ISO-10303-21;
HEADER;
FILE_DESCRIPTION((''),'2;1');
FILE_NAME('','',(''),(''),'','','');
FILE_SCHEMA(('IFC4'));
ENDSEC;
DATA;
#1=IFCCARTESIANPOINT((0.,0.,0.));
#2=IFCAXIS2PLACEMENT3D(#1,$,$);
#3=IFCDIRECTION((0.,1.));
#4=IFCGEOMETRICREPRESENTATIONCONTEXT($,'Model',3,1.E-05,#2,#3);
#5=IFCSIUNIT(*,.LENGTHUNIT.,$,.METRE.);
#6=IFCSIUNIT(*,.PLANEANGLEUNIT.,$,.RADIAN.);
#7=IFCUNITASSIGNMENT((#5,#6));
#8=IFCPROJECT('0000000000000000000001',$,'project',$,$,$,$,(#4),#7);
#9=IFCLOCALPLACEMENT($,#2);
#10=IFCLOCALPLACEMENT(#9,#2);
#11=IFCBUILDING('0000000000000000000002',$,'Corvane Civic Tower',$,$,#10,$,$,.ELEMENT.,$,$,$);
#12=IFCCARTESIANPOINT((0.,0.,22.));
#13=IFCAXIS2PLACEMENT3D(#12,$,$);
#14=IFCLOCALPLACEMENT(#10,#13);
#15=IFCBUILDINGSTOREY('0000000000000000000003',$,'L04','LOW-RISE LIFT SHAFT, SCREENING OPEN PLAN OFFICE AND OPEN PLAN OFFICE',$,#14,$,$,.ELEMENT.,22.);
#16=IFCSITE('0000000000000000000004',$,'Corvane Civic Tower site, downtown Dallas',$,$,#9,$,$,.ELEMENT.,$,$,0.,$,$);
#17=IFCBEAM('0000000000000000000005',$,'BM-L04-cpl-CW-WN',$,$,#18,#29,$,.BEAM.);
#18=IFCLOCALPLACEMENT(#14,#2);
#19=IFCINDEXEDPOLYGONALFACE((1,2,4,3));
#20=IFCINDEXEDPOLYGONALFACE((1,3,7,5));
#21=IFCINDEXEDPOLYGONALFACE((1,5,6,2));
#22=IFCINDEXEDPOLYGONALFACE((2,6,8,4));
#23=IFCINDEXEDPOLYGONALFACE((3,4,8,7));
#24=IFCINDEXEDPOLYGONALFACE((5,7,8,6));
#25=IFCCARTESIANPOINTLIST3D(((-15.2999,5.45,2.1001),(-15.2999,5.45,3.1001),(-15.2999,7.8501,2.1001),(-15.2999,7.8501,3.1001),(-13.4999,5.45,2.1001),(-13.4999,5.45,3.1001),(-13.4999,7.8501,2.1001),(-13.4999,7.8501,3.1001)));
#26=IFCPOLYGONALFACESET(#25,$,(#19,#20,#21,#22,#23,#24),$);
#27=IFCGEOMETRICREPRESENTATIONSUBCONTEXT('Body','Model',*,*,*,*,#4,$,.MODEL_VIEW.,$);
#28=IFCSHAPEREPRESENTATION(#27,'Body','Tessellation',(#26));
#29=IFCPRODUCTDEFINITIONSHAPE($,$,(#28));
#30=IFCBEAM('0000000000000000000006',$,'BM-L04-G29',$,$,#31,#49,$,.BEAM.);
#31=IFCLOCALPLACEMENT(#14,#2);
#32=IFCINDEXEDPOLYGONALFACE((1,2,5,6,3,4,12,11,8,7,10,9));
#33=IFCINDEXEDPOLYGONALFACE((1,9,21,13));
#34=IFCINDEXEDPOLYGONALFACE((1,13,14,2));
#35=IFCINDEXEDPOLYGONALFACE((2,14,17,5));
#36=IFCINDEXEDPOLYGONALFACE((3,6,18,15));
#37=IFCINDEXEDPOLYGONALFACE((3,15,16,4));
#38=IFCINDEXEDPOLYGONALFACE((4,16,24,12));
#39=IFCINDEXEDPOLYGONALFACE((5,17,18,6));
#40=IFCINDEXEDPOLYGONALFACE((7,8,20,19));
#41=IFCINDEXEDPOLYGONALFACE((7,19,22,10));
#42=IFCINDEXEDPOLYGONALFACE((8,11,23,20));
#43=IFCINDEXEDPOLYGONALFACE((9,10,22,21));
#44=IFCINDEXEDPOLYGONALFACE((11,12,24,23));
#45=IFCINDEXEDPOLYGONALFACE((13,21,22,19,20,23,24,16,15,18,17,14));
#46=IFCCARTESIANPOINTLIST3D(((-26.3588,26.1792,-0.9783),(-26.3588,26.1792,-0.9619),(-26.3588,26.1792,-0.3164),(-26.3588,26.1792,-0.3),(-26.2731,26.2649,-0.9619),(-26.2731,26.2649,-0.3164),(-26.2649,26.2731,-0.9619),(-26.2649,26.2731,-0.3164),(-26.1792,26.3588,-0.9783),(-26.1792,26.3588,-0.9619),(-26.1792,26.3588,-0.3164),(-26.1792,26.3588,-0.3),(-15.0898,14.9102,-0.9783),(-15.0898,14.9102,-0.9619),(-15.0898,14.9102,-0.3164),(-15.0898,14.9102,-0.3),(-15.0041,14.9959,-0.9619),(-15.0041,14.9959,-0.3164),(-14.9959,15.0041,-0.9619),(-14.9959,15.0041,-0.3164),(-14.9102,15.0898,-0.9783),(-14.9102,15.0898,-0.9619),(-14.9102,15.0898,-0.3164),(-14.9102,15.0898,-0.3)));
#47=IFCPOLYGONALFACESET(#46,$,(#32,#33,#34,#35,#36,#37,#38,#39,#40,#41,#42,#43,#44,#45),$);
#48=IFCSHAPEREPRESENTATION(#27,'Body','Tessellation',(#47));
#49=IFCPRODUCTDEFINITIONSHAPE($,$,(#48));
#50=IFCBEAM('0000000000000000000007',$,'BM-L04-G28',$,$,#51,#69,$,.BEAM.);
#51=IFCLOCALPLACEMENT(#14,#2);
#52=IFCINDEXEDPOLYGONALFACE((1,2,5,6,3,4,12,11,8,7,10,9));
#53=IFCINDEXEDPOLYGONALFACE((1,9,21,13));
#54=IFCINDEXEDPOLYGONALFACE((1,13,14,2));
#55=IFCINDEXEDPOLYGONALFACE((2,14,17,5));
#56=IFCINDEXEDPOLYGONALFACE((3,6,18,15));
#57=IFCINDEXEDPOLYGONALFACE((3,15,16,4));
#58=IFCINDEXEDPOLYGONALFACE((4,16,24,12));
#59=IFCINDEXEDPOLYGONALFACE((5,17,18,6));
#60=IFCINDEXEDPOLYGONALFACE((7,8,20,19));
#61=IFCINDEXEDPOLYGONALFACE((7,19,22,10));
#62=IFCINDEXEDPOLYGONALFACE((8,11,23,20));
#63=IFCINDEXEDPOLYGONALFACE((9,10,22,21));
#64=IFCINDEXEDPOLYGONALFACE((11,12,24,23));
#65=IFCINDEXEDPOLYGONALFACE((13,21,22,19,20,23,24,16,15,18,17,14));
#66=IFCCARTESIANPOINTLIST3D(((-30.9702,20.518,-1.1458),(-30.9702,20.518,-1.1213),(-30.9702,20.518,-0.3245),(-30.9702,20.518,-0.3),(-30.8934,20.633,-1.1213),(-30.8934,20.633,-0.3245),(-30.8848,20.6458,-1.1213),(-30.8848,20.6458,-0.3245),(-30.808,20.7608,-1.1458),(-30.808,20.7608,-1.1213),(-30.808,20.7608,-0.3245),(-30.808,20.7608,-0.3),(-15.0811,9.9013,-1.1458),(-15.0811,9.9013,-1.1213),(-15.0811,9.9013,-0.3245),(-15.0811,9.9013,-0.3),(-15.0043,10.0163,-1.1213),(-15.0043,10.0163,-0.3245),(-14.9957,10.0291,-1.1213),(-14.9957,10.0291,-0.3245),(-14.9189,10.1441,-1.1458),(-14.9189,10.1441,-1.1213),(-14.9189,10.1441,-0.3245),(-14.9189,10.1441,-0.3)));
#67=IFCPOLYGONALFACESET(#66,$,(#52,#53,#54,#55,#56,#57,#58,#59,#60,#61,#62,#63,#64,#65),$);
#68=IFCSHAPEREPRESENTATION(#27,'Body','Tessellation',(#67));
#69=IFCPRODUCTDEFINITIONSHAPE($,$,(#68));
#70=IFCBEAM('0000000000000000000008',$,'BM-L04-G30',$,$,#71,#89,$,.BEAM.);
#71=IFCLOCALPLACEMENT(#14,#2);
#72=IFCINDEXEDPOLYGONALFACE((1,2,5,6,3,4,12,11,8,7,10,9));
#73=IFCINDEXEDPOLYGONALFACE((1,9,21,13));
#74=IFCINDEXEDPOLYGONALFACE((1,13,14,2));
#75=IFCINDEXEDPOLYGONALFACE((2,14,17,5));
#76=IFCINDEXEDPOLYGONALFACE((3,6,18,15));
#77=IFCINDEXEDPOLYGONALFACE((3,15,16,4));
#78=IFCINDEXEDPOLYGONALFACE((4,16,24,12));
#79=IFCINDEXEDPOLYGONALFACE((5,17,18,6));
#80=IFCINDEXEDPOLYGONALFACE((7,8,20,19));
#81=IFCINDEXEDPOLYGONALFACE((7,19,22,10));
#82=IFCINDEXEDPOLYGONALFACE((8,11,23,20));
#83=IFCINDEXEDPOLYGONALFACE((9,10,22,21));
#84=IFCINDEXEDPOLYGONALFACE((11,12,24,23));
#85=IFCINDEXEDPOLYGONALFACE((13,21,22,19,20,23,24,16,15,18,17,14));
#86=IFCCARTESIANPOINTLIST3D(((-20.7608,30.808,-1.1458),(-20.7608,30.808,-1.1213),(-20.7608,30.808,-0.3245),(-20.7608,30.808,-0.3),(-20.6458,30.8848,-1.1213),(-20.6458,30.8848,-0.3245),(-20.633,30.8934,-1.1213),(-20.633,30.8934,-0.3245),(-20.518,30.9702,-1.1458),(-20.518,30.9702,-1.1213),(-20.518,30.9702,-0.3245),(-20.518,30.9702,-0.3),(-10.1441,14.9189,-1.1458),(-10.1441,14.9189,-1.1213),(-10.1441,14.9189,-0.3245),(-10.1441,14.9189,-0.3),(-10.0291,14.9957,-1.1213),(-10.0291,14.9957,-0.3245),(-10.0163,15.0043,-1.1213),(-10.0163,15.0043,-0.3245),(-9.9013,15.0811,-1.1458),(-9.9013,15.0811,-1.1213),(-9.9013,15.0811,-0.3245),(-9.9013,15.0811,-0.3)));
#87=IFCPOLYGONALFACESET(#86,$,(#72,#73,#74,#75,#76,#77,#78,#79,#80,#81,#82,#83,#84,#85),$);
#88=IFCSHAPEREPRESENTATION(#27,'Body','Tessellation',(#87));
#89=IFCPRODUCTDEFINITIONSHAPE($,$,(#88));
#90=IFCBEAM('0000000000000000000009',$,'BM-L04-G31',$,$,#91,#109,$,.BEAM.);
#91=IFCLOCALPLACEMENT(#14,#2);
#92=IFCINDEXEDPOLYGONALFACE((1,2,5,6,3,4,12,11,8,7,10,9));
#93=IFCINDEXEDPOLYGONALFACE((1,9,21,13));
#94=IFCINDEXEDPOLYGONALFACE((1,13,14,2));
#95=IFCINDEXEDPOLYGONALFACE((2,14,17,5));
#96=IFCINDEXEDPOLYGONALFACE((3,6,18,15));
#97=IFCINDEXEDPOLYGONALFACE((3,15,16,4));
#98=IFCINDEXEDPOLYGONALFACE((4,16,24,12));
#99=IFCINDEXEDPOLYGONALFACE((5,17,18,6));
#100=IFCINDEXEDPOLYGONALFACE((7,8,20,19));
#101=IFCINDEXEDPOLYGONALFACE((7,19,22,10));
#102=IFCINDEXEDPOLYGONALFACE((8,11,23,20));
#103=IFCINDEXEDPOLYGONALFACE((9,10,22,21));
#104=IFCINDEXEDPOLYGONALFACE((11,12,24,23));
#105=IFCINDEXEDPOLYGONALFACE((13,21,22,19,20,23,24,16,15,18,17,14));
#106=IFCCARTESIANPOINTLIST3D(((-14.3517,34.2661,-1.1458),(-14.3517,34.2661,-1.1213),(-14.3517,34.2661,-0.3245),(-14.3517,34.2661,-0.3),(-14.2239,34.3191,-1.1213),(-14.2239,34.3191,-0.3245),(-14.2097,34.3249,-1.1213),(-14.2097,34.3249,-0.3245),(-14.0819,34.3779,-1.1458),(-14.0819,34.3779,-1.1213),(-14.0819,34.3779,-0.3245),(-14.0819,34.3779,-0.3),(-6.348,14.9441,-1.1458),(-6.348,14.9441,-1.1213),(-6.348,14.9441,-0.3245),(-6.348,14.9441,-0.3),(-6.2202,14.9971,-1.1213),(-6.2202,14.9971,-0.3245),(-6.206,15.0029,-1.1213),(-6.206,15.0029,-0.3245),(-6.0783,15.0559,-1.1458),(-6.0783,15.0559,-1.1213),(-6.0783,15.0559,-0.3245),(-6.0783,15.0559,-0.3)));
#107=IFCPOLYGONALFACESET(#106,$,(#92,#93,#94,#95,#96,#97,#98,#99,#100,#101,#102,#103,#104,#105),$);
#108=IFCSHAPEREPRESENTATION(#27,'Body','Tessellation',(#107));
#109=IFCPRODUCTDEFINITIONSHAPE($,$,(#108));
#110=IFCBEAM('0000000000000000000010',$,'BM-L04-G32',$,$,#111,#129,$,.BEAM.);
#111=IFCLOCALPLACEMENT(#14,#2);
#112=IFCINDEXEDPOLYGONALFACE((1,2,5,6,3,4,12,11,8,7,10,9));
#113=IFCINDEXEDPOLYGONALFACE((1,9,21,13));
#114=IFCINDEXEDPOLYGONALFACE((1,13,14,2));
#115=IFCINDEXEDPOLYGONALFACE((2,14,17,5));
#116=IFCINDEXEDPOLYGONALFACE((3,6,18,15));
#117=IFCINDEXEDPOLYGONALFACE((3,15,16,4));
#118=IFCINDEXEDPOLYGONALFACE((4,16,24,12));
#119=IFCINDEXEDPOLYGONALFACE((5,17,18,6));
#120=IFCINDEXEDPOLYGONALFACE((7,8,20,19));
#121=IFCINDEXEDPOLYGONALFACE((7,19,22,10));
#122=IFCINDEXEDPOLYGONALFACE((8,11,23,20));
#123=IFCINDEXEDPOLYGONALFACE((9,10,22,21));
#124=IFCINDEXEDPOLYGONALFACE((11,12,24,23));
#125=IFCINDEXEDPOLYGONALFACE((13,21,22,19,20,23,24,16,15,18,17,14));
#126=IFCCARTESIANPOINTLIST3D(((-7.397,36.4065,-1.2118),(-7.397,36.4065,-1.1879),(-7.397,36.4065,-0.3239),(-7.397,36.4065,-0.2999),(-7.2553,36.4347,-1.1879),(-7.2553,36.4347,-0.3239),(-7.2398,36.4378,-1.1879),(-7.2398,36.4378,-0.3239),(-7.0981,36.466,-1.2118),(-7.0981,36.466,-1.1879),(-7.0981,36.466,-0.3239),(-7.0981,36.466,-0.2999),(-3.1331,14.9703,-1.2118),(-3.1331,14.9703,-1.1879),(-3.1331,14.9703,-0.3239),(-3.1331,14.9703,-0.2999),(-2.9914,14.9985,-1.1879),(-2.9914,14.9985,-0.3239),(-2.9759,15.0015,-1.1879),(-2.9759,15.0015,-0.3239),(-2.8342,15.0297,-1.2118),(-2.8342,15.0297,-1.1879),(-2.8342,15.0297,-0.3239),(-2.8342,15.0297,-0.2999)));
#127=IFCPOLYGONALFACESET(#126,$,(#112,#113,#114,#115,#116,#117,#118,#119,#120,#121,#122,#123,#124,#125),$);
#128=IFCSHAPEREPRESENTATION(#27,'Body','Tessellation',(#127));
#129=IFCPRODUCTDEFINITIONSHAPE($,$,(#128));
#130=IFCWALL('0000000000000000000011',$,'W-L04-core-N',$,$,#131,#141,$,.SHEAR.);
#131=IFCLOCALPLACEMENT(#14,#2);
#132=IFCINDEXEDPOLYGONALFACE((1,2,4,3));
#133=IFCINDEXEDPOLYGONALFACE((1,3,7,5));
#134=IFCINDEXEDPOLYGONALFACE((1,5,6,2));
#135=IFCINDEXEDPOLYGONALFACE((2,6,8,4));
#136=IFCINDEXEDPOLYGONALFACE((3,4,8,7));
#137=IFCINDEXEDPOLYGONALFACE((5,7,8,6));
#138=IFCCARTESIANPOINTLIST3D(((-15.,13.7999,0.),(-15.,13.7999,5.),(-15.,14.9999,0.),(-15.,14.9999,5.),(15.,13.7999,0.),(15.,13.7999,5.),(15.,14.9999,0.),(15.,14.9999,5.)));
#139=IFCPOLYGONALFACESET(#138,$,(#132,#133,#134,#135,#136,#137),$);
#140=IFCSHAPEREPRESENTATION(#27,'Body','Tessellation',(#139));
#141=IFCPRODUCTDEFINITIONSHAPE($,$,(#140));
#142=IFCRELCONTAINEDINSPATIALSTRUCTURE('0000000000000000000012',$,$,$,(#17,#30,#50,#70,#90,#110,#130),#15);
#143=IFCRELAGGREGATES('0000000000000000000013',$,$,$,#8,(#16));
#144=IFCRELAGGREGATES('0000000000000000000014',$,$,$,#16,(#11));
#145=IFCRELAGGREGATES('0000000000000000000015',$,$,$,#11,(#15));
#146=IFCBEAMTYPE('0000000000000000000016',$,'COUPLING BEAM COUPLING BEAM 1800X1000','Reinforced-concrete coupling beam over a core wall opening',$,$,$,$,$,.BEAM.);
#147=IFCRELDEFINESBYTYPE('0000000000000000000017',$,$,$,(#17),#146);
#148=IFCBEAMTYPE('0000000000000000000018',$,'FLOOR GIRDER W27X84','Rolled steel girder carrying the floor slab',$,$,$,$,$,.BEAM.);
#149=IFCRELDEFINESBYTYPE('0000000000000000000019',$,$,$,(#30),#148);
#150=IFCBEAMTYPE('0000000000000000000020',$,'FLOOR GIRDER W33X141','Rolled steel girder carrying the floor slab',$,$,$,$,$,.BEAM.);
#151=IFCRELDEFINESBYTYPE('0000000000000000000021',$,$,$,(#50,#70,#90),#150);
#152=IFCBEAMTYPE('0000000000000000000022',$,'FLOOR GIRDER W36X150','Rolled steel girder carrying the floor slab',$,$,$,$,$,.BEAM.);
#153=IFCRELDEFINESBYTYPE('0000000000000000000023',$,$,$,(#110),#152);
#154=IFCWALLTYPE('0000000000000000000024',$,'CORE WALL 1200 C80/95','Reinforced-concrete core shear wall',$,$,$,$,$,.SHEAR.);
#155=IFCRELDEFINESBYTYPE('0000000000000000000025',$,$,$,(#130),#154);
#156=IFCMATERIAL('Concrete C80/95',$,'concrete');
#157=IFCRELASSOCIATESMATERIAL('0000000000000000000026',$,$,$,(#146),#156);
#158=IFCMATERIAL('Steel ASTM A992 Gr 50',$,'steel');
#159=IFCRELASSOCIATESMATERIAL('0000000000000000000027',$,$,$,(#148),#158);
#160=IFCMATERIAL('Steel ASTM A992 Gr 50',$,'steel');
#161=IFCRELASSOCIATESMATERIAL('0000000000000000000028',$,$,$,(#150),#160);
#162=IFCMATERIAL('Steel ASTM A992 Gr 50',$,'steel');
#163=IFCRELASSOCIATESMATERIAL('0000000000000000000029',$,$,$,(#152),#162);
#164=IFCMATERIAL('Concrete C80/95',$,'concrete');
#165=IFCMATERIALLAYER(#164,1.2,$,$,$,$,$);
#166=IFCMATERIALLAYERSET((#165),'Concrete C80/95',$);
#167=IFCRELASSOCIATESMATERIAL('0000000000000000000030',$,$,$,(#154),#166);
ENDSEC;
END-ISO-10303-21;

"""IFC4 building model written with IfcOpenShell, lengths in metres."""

from ifc_helpers import new_model, si_unit, direction, frame, frame_2d, origin, origin_2d, place, context, subcontext, project, spatial, rectangle, i_section, extrude, material, layer, layer_set, material_profile, profile_set, type_object, element, save


model = new_model("IFC4")

# Units and contexts
model_context = context("Model", 3, precision=1e-05, world=origin(), true_north=direction((0.0, 1.0)))
body_context = subcontext(model_context, "Body", "Model", "MODEL_VIEW")
ifc_project = project(units=[si_unit("LENGTHUNIT", "METRE"), si_unit("PLANEANGLEUNIT", "RADIAN")], contexts=[model_context])

# Site, building, storey
site_placement = place(None, origin())
site = spatial("IfcSite", under=ifc_project, at=site_placement, Name="Corvane Civic Tower site, downtown Dallas", CompositionType="ELEMENT", RefElevation=0.0)
building_placement = place(site_placement, origin())
building = spatial("IfcBuilding", under=site, at=building_placement, Name="Corvane Civic Tower", CompositionType="ELEMENT")
storey_placement = place(building_placement, frame((0.0, 0.0, 22.0)))
storey = spatial("IfcBuildingStorey", under=building, at=storey_placement, Name="L04", Description="LOW-RISE LIFT SHAFT, SCREENING OPEN PLAN OFFICE AND OPEN PLAN OFFICE", CompositionType="ELEMENT", Elevation=22.0)

# Beams
ifc_material_1 = material(Name="Concrete C80/95", Category="concrete")
ifc_material_profile_1 = material_profile(ifc_material_1, rectangle(XDim=1.8, YDim=1.0, at=origin_2d()), Name="COUPLING BEAM 1800X1000")
ifc_profile_set_1 = profile_set([ifc_material_profile_1], Name="Concrete C80/95")
beam_type_1 = type_object("IfcBeamType", Name="COUPLING BEAM COUPLING BEAM 1800X1000", Description="Reinforced-concrete coupling beam over a core wall opening", PredefinedType="BEAM", material=ifc_profile_set_1)
beam_1_placement = place(storey_placement, frame((-14.3999, 5.45, 2.6001), z_axis=(0.0, 1.0, 0.0), x_axis=(-1.0, 0.0, 0.0)))
element("IfcBeam", 1, at=beam_1_placement, inside=storey, type_object=beam_type_1, Name="BM-L04-cpl-CW-WN", PredefinedType="BEAM", context=body_context, shape_type="SweptSolid", body=[
    extrude(rectangle(XDim=1.8, YDim=1.0, at=origin_2d()), origin(), (0.0, 0.0, 1.0), 2.4001),
])
ifc_material_2 = material(Name="Steel ASTM A992 Gr 50", Category="steel")
ifc_material_profile_2 = material_profile(ifc_material_2, i_section(OverallWidth=0.2539, OverallDepth=0.6782, WebThickness=0.0117, FlangeThickness=0.0164, at=origin_2d()), Name="W27X84")
ifc_profile_set_2 = profile_set([ifc_material_profile_2], Name="Steel ASTM A992 Gr 50")
beam_type_2 = type_object("IfcBeamType", Name="FLOOR GIRDER W27X84", Description="Rolled steel girder carrying the floor slab", PredefinedType="BEAM", material=ifc_profile_set_2)
beam_2_placement = place(storey_placement, frame((-15.0, 15.0, -0.6392), z_axis=(-0.707107, 0.707107, 0.0), x_axis=(-0.707107, -0.707107, 0.0)))
element("IfcBeam", 2, at=beam_2_placement, inside=storey, type_object=beam_type_2, Name="BM-L04-G29", PredefinedType="BEAM", context=body_context, shape_type="SweptSolid", body=[
    extrude(i_section(OverallWidth=0.2539, OverallDepth=0.6782, WebThickness=0.0117, FlangeThickness=0.0164, at=origin_2d()), origin(), (0.0, 0.0, 1.0), 15.9368),
])
ifc_material_3 = material(Name="Steel ASTM A992 Gr 50", Category="steel")
ifc_material_profile_3 = material_profile(ifc_material_3, i_section(OverallWidth=0.292, OverallDepth=0.8457, WebThickness=0.0154, FlangeThickness=0.0244, at=origin_2d()), Name="W33X141")
ifc_profile_set_3 = profile_set([ifc_material_profile_3], Name="Steel ASTM A992 Gr 50")
beam_type_3 = type_object("IfcBeamType", Name="FLOOR GIRDER W33X141", Description="Rolled steel girder carrying the floor slab", PredefinedType="BEAM", material=ifc_profile_set_3)
for number, where, z_axis, x_axis, name in (
    (3, (-15.0, 10.0227, -0.7229), (-0.831472, 0.555567, 0.0), (-0.555567, -0.831472, 0.0), "BM-L04-G28"),
    (4, (-10.0227, 15.0, -0.7229), (-0.555567, 0.831472, 0.0), (-0.831472, -0.555567, 0.0), "BM-L04-G30"),
):
    element("IfcBeam", number, at=place(storey_placement, frame(where, z_axis=z_axis, x_axis=x_axis)), inside=storey, type_object=beam_type_3, Name=name, PredefinedType="BEAM", context=body_context, shape_type="SweptSolid", body=[
        extrude(i_section(OverallWidth=0.292, OverallDepth=0.8457, WebThickness=0.0154, FlangeThickness=0.0244, at=origin_2d()), origin(), (0.0, 0.0, 1.0), 19.1096),
    ])
beam_3_placement = place(storey_placement, frame((-6.2131, 15.0, -0.7229), z_axis=(-0.382692, 0.923876, 0.0), x_axis=(-0.923876, -0.382692, 0.0)))
element("IfcBeam", 5, at=beam_3_placement, inside=storey, type_object=beam_type_3, Name="BM-L04-G31", PredefinedType="BEAM", context=body_context, shape_type="SweptSolid", body=[
    extrude(i_section(OverallWidth=0.292, OverallDepth=0.8457, WebThickness=0.0154, FlangeThickness=0.0244, at=origin_2d()), origin(), (0.0, 0.0, 1.0), 20.9141),
])
ifc_material_4 = material(Name="Steel ASTM A992 Gr 50", Category="steel")
ifc_material_profile_4 = material_profile(ifc_material_4, i_section(OverallWidth=0.3047, OverallDepth=0.9119, WebThickness=0.0159, FlangeThickness=0.0239, at=origin_2d()), Name="W36X150")
ifc_profile_set_4 = profile_set([ifc_material_profile_4], Name="Steel ASTM A992 Gr 50")
beam_type_4 = type_object("IfcBeamType", Name="FLOOR GIRDER W36X150", Description="Rolled steel girder carrying the floor slab", PredefinedType="BEAM", material=ifc_profile_set_4)
beam_4_placement = place(storey_placement, frame((-2.9836, 15.0, -0.7559), z_axis=(-0.195089, 0.980785, 0.0), x_axis=(-0.980785, -0.195089, 0.0)))
element("IfcBeam", 6, at=beam_4_placement, inside=storey, type_object=beam_type_4, Name="BM-L04-G32", PredefinedType="BEAM", context=body_context, shape_type="SweptSolid", body=[
    extrude(i_section(OverallWidth=0.3047, OverallDepth=0.9119, WebThickness=0.0159, FlangeThickness=0.0239, at=origin_2d()), origin(), (0.0, 0.0, 1.0), 21.8562),
])

# Wall
ifc_material_5 = material(Name="Concrete C80/95", Category="concrete")
ifc_layer_1 = layer(ifc_material_5, 1.2)
ifc_layer_set_1 = layer_set([ifc_layer_1], Name="Concrete C80/95")
wall_type_1 = type_object("IfcWallType", Name="CORE WALL 1200 C80/95", Description="Reinforced-concrete core shear wall", PredefinedType="SHEAR", material=ifc_layer_set_1)
wall_1_placement = place(storey_placement, frame((-15.0, 14.3999, 0.0), z_axis=(0.0, 0.0, 1.0), x_axis=(1.0, 0.0, 0.0)))
element("IfcWall", 7, at=wall_1_placement, inside=storey, type_object=wall_type_1, Name="W-L04-core-N", PredefinedType="SHEAR", context=body_context, shape_type="SweptSolid", body=[
    extrude(rectangle(XDim=30.0, YDim=1.2, at=frame_2d((15.0, 0.0))), origin(), (0.0, 0.0, 1.0), 5.0),
])

save(model, "model.ifc")
